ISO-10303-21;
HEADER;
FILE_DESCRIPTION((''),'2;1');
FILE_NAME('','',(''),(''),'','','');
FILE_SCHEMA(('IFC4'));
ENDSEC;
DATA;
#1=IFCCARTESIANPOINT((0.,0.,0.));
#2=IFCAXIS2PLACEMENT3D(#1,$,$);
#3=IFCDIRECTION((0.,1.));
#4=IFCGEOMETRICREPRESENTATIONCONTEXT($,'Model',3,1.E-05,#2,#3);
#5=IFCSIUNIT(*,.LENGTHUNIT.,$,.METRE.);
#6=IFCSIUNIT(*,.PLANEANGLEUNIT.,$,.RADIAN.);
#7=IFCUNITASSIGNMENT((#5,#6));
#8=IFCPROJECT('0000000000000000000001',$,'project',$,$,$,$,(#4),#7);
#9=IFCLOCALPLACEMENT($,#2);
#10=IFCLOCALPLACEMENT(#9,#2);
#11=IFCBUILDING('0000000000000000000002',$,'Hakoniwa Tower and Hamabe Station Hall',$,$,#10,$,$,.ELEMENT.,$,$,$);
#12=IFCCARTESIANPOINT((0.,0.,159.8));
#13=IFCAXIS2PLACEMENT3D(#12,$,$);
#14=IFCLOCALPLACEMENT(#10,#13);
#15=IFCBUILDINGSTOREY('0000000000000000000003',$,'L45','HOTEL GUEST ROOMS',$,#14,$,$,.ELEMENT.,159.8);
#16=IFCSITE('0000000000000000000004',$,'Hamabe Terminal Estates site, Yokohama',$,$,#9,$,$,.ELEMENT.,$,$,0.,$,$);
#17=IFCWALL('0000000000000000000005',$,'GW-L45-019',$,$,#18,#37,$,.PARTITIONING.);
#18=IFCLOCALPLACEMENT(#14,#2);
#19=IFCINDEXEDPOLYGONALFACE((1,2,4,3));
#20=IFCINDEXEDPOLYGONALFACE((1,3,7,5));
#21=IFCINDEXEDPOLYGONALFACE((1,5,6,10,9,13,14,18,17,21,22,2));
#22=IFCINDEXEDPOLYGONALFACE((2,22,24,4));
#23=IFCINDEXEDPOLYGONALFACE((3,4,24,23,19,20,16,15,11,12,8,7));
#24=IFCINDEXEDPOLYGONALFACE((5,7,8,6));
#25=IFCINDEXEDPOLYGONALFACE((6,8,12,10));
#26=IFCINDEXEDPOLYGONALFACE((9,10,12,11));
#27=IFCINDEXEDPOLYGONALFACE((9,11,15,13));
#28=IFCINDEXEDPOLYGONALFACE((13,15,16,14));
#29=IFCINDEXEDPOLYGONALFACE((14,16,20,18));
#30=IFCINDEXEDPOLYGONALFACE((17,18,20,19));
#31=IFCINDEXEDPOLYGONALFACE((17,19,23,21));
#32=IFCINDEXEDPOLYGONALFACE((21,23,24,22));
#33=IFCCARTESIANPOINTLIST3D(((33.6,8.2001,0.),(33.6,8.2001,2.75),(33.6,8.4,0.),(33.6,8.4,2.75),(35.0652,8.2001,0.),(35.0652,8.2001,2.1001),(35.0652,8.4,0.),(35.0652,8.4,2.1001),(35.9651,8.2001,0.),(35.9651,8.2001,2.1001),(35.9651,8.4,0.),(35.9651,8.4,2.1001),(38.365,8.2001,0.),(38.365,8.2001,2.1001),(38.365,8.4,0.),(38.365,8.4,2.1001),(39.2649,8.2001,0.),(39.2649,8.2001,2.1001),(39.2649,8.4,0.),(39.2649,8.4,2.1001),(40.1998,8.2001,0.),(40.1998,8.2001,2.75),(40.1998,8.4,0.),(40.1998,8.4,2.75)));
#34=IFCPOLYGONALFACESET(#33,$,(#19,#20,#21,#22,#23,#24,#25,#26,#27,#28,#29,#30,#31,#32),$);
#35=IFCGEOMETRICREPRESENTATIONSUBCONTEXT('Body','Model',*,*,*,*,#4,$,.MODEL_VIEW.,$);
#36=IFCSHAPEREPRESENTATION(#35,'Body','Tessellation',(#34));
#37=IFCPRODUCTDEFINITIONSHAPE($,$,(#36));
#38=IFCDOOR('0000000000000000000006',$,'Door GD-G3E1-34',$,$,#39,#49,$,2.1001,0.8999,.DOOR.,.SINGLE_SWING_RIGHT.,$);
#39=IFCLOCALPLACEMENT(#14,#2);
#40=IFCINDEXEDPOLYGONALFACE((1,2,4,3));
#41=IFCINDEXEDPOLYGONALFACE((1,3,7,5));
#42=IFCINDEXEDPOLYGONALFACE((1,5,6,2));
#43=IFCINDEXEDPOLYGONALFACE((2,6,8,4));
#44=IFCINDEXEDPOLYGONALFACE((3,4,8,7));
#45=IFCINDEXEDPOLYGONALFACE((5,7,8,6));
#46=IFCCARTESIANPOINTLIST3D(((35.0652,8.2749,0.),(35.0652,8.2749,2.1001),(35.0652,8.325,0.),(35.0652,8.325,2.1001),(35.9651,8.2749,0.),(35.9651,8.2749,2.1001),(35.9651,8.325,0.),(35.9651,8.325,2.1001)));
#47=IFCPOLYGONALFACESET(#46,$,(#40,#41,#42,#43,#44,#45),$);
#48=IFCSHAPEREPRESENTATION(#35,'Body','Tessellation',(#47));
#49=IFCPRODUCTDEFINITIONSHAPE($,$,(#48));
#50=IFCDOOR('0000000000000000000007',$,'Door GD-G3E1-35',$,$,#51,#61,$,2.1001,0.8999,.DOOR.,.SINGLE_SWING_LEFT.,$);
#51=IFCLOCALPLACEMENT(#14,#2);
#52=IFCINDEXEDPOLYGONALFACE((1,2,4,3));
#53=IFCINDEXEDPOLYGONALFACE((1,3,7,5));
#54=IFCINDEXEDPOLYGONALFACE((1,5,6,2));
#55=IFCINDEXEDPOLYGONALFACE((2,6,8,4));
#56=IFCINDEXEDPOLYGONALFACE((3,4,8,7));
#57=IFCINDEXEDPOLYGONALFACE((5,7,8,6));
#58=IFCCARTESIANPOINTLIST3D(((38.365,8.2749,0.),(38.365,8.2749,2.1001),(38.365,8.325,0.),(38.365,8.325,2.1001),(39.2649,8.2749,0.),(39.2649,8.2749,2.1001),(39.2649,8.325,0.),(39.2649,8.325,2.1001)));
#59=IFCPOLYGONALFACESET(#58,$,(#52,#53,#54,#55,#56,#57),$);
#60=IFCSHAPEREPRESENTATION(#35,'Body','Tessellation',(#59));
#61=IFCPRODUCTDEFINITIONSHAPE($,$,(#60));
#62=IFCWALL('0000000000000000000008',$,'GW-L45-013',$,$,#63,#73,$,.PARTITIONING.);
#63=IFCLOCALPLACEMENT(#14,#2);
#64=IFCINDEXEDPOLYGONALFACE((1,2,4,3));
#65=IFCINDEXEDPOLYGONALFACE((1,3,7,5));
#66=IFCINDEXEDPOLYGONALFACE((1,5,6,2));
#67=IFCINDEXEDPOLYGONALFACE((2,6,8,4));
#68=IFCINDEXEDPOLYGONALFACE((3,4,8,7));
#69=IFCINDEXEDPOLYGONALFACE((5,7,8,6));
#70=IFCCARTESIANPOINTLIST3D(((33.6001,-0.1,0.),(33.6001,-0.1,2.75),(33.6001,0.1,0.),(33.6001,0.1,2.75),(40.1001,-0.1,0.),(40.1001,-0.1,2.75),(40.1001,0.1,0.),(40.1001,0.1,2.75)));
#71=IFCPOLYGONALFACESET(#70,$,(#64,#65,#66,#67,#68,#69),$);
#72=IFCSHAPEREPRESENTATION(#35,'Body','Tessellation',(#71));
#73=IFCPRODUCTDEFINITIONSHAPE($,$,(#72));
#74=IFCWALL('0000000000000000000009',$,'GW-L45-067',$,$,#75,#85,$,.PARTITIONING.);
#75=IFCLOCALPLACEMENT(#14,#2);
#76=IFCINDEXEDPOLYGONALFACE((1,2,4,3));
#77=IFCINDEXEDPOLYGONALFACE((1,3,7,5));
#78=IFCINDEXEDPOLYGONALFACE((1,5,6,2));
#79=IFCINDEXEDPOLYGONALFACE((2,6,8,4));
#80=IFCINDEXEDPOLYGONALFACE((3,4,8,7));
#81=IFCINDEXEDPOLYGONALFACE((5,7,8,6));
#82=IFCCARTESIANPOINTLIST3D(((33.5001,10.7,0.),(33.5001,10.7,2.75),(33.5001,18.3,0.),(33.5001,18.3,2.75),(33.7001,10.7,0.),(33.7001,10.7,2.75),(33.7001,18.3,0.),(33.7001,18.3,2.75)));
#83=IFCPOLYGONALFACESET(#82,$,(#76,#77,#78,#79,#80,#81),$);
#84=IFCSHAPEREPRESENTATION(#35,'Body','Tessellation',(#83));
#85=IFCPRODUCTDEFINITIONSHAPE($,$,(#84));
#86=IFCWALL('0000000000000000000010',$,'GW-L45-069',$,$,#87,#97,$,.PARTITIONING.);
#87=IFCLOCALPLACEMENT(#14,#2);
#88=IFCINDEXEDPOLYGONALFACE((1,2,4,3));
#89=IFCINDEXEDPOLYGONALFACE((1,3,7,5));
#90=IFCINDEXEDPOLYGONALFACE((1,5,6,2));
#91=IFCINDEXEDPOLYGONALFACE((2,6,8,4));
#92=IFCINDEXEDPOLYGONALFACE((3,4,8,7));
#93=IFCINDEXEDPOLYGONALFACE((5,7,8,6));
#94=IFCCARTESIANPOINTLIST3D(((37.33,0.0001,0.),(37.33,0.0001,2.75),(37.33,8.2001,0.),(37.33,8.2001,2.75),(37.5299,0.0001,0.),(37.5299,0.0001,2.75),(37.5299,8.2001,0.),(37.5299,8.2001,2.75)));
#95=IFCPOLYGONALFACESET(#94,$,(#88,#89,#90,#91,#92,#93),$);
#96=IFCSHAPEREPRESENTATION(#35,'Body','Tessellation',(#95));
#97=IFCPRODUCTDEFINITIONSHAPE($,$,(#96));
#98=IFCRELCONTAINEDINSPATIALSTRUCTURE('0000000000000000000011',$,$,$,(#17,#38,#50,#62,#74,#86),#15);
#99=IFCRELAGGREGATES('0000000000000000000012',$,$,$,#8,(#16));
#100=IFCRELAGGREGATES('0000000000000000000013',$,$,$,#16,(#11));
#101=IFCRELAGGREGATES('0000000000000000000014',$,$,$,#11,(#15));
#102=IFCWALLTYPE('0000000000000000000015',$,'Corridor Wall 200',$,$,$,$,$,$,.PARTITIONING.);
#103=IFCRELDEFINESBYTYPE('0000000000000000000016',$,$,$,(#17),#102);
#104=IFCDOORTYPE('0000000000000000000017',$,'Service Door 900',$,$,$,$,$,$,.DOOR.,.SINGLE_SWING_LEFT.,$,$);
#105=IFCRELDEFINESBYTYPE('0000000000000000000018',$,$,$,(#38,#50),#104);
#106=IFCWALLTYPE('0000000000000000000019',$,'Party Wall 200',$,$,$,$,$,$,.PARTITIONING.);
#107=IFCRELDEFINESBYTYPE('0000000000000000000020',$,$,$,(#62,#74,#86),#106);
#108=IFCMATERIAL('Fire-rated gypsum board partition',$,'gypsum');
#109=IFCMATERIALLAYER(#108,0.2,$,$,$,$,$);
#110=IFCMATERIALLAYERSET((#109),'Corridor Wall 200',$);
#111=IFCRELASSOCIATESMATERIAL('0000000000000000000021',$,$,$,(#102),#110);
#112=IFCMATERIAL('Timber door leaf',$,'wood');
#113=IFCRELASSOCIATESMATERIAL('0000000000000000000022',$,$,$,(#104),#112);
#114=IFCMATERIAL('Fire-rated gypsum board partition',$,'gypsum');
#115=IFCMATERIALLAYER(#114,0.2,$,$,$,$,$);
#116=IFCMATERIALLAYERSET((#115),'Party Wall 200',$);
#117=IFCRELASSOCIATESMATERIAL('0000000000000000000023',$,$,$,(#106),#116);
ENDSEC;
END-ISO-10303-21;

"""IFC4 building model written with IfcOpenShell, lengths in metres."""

from ifc_helpers import new_model, si_unit, direction, frame, frame_2d, origin, place, context, subcontext, project, spatial, rectangle, extrude, material, layer, layer_set, type_object, element, fill, save


model = new_model("IFC4")

# Units and contexts
model_context = context("Model", 3, precision=1e-05, world=origin(), true_north=direction((0.0, 1.0)))
body_context = subcontext(model_context, "Body", "Model", "MODEL_VIEW")
ifc_project = project(units=[si_unit("LENGTHUNIT", "METRE"), si_unit("PLANEANGLEUNIT", "RADIAN")], contexts=[model_context])

# Site, building, storey
site_placement = place(None, origin())
site = spatial("IfcSite", under=ifc_project, at=site_placement, Name="Hamabe Terminal Estates site, Yokohama", CompositionType="ELEMENT", RefElevation=0.0)
building_placement = place(site_placement, origin())
building = spatial("IfcBuilding", under=site, at=building_placement, Name="Hakoniwa Tower and Hamabe Station Hall", CompositionType="ELEMENT")
storey_placement = place(building_placement, frame((0.0, 0.0, 159.8)))
storey = spatial("IfcBuildingStorey", under=building, at=storey_placement, Name="L45", Description="HOTEL GUEST ROOMS", CompositionType="ELEMENT", Elevation=159.8)

# Wall, openings, doors
ifc_material_1 = material(Name="Fire-rated gypsum board partition", Category="gypsum")
ifc_layer_1 = layer(ifc_material_1, 0.2)
ifc_layer_set_1 = layer_set([ifc_layer_1], Name="Corridor Wall 200")
wall_type_1 = type_object("IfcWallType", Name="Corridor Wall 200", PredefinedType="PARTITIONING", material=ifc_layer_set_1)
wall_1_placement = place(storey_placement, frame((33.6001, 8.3, 0.0), z_axis=(0.0, 0.0, 1.0), x_axis=(1.0, 0.0, 0.0)))
wall_1 = element("IfcWall", 1, at=wall_1_placement, inside=storey, type_object=wall_type_1, Name="GW-L45-019", PredefinedType="PARTITIONING", context=body_context, shape_type="SweptSolid", body=[
    extrude(rectangle(XDim=6.5999, YDim=0.2, at=frame_2d((3.2998, 0.0))), origin(), (0.0, 0.0, 1.0), 2.75),
])
opening_1_placement = place(wall_1_placement, frame((1.4651, 0.0, 0.0)))
opening_1 = element("IfcOpeningElement", 2, at=opening_1_placement, cuts=wall_1, PredefinedType="OPENING", context=body_context, shape_type="SweptSolid", body=[
    extrude(rectangle(XDim=0.8999, YDim=2.1001, at=frame_2d((0.45, 1.05))), frame((0.0, 0.1099, 0.0), z_axis=(0.0, -1.0, 0.0), x_axis=(1.0, 0.0, 0.0)), (0.0, 0.0, 1.0), 0.22),
])
opening_2_placement = place(wall_1_placement, frame((4.7649, 0.0, 0.0)))
opening_2 = element("IfcOpeningElement", 3, at=opening_2_placement, cuts=wall_1, PredefinedType="OPENING", context=body_context, shape_type="SweptSolid", body=[
    extrude(rectangle(XDim=0.8999, YDim=2.1001, at=frame_2d((0.45, 1.05))), frame((0.0, 0.1099, 0.0), z_axis=(0.0, -1.0, 0.0), x_axis=(1.0, 0.0, 0.0)), (0.0, 0.0, 1.0), 0.22),
])
ifc_material_2 = material(Name="Timber door leaf", Category="wood")
door_type = type_object("IfcDoorType", Name="Service Door 900", OperationType="SINGLE_SWING_LEFT", PredefinedType="DOOR", material=ifc_material_2)
door_1_placement = place(opening_1_placement, origin())
door_1 = element("IfcDoor", 4, at=door_1_placement, inside=storey, type_object=door_type, Name="Door GD-G3E1-34", OperationType="SINGLE_SWING_RIGHT", OverallHeight=2.1001, OverallWidth=0.8999, PredefinedType="DOOR", context=body_context, shape_type="SweptSolid", body=[
    extrude(rectangle(XDim=0.8999, YDim=2.1001, at=frame_2d((0.45, 1.05))), frame((0.0, 0.0249, 0.0), z_axis=(0.0, -1.0, 0.0), x_axis=(1.0, 0.0, 0.0)), (0.0, 0.0, 1.0), 0.05),
])
fill(opening_1, door_1)
door_2_placement = place(opening_2_placement, origin())
door_2 = element("IfcDoor", 5, at=door_2_placement, inside=storey, type_object=door_type, Name="Door GD-G3E1-35", OperationType="SINGLE_SWING_LEFT", OverallHeight=2.1001, OverallWidth=0.8999, PredefinedType="DOOR", context=body_context, shape_type="SweptSolid", body=[
    extrude(rectangle(XDim=0.8999, YDim=2.1001, at=frame_2d((0.45, 1.05))), frame((0.0, 0.0249, 0.0), z_axis=(0.0, -1.0, 0.0), x_axis=(1.0, 0.0, 0.0)), (0.0, 0.0, 1.0), 0.05),
])
fill(opening_2, door_2)

# Walls
ifc_material_3 = material(Name="Fire-rated gypsum board partition", Category="gypsum")
ifc_layer_2 = layer(ifc_material_3, 0.2)
ifc_layer_set_2 = layer_set([ifc_layer_2], Name="Party Wall 200")
wall_type_2 = type_object("IfcWallType", Name="Party Wall 200", PredefinedType="PARTITIONING", material=ifc_layer_set_2)
wall_2_placement = place(storey_placement, frame((33.6001, 0.0, 0.0), z_axis=(0.0, 0.0, 1.0), x_axis=(1.0, 0.0, 0.0)))
element("IfcWall", 6, at=wall_2_placement, inside=storey, type_object=wall_type_2, Name="GW-L45-013", PredefinedType="PARTITIONING", context=body_context, shape_type="SweptSolid", body=[
    extrude(rectangle(XDim=6.5, YDim=0.2, at=frame_2d((3.25, 0.0))), origin(), (0.0, 0.0, 1.0), 2.75),
])
wall_3_placement = place(storey_placement, frame((33.6001, 10.7, 0.0), z_axis=(0.0, 0.0, 1.0), x_axis=(0.0, 1.0, 0.0)))
element("IfcWall", 7, at=wall_3_placement, inside=storey, type_object=wall_type_2, Name="GW-L45-067", PredefinedType="PARTITIONING", context=body_context, shape_type="SweptSolid", body=[
    extrude(rectangle(XDim=7.6001, YDim=0.2, at=frame_2d((3.8, 0.0))), origin(), (0.0, 0.0, 1.0), 2.75),
])
wall_4_placement = place(storey_placement, frame((37.4299, 0.0, 0.0), z_axis=(0.0, 0.0, 1.0), x_axis=(0.0, 1.0, 0.0)))
element("IfcWall", 8, at=wall_4_placement, inside=storey, type_object=wall_type_2, Name="GW-L45-069", PredefinedType="PARTITIONING", context=body_context, shape_type="SweptSolid", body=[
    extrude(rectangle(XDim=8.2, YDim=0.2, at=frame_2d((4.1001, 0.0))), origin(), (0.0, 0.0, 1.0), 2.75),
])

save(model, "model.ifc")
